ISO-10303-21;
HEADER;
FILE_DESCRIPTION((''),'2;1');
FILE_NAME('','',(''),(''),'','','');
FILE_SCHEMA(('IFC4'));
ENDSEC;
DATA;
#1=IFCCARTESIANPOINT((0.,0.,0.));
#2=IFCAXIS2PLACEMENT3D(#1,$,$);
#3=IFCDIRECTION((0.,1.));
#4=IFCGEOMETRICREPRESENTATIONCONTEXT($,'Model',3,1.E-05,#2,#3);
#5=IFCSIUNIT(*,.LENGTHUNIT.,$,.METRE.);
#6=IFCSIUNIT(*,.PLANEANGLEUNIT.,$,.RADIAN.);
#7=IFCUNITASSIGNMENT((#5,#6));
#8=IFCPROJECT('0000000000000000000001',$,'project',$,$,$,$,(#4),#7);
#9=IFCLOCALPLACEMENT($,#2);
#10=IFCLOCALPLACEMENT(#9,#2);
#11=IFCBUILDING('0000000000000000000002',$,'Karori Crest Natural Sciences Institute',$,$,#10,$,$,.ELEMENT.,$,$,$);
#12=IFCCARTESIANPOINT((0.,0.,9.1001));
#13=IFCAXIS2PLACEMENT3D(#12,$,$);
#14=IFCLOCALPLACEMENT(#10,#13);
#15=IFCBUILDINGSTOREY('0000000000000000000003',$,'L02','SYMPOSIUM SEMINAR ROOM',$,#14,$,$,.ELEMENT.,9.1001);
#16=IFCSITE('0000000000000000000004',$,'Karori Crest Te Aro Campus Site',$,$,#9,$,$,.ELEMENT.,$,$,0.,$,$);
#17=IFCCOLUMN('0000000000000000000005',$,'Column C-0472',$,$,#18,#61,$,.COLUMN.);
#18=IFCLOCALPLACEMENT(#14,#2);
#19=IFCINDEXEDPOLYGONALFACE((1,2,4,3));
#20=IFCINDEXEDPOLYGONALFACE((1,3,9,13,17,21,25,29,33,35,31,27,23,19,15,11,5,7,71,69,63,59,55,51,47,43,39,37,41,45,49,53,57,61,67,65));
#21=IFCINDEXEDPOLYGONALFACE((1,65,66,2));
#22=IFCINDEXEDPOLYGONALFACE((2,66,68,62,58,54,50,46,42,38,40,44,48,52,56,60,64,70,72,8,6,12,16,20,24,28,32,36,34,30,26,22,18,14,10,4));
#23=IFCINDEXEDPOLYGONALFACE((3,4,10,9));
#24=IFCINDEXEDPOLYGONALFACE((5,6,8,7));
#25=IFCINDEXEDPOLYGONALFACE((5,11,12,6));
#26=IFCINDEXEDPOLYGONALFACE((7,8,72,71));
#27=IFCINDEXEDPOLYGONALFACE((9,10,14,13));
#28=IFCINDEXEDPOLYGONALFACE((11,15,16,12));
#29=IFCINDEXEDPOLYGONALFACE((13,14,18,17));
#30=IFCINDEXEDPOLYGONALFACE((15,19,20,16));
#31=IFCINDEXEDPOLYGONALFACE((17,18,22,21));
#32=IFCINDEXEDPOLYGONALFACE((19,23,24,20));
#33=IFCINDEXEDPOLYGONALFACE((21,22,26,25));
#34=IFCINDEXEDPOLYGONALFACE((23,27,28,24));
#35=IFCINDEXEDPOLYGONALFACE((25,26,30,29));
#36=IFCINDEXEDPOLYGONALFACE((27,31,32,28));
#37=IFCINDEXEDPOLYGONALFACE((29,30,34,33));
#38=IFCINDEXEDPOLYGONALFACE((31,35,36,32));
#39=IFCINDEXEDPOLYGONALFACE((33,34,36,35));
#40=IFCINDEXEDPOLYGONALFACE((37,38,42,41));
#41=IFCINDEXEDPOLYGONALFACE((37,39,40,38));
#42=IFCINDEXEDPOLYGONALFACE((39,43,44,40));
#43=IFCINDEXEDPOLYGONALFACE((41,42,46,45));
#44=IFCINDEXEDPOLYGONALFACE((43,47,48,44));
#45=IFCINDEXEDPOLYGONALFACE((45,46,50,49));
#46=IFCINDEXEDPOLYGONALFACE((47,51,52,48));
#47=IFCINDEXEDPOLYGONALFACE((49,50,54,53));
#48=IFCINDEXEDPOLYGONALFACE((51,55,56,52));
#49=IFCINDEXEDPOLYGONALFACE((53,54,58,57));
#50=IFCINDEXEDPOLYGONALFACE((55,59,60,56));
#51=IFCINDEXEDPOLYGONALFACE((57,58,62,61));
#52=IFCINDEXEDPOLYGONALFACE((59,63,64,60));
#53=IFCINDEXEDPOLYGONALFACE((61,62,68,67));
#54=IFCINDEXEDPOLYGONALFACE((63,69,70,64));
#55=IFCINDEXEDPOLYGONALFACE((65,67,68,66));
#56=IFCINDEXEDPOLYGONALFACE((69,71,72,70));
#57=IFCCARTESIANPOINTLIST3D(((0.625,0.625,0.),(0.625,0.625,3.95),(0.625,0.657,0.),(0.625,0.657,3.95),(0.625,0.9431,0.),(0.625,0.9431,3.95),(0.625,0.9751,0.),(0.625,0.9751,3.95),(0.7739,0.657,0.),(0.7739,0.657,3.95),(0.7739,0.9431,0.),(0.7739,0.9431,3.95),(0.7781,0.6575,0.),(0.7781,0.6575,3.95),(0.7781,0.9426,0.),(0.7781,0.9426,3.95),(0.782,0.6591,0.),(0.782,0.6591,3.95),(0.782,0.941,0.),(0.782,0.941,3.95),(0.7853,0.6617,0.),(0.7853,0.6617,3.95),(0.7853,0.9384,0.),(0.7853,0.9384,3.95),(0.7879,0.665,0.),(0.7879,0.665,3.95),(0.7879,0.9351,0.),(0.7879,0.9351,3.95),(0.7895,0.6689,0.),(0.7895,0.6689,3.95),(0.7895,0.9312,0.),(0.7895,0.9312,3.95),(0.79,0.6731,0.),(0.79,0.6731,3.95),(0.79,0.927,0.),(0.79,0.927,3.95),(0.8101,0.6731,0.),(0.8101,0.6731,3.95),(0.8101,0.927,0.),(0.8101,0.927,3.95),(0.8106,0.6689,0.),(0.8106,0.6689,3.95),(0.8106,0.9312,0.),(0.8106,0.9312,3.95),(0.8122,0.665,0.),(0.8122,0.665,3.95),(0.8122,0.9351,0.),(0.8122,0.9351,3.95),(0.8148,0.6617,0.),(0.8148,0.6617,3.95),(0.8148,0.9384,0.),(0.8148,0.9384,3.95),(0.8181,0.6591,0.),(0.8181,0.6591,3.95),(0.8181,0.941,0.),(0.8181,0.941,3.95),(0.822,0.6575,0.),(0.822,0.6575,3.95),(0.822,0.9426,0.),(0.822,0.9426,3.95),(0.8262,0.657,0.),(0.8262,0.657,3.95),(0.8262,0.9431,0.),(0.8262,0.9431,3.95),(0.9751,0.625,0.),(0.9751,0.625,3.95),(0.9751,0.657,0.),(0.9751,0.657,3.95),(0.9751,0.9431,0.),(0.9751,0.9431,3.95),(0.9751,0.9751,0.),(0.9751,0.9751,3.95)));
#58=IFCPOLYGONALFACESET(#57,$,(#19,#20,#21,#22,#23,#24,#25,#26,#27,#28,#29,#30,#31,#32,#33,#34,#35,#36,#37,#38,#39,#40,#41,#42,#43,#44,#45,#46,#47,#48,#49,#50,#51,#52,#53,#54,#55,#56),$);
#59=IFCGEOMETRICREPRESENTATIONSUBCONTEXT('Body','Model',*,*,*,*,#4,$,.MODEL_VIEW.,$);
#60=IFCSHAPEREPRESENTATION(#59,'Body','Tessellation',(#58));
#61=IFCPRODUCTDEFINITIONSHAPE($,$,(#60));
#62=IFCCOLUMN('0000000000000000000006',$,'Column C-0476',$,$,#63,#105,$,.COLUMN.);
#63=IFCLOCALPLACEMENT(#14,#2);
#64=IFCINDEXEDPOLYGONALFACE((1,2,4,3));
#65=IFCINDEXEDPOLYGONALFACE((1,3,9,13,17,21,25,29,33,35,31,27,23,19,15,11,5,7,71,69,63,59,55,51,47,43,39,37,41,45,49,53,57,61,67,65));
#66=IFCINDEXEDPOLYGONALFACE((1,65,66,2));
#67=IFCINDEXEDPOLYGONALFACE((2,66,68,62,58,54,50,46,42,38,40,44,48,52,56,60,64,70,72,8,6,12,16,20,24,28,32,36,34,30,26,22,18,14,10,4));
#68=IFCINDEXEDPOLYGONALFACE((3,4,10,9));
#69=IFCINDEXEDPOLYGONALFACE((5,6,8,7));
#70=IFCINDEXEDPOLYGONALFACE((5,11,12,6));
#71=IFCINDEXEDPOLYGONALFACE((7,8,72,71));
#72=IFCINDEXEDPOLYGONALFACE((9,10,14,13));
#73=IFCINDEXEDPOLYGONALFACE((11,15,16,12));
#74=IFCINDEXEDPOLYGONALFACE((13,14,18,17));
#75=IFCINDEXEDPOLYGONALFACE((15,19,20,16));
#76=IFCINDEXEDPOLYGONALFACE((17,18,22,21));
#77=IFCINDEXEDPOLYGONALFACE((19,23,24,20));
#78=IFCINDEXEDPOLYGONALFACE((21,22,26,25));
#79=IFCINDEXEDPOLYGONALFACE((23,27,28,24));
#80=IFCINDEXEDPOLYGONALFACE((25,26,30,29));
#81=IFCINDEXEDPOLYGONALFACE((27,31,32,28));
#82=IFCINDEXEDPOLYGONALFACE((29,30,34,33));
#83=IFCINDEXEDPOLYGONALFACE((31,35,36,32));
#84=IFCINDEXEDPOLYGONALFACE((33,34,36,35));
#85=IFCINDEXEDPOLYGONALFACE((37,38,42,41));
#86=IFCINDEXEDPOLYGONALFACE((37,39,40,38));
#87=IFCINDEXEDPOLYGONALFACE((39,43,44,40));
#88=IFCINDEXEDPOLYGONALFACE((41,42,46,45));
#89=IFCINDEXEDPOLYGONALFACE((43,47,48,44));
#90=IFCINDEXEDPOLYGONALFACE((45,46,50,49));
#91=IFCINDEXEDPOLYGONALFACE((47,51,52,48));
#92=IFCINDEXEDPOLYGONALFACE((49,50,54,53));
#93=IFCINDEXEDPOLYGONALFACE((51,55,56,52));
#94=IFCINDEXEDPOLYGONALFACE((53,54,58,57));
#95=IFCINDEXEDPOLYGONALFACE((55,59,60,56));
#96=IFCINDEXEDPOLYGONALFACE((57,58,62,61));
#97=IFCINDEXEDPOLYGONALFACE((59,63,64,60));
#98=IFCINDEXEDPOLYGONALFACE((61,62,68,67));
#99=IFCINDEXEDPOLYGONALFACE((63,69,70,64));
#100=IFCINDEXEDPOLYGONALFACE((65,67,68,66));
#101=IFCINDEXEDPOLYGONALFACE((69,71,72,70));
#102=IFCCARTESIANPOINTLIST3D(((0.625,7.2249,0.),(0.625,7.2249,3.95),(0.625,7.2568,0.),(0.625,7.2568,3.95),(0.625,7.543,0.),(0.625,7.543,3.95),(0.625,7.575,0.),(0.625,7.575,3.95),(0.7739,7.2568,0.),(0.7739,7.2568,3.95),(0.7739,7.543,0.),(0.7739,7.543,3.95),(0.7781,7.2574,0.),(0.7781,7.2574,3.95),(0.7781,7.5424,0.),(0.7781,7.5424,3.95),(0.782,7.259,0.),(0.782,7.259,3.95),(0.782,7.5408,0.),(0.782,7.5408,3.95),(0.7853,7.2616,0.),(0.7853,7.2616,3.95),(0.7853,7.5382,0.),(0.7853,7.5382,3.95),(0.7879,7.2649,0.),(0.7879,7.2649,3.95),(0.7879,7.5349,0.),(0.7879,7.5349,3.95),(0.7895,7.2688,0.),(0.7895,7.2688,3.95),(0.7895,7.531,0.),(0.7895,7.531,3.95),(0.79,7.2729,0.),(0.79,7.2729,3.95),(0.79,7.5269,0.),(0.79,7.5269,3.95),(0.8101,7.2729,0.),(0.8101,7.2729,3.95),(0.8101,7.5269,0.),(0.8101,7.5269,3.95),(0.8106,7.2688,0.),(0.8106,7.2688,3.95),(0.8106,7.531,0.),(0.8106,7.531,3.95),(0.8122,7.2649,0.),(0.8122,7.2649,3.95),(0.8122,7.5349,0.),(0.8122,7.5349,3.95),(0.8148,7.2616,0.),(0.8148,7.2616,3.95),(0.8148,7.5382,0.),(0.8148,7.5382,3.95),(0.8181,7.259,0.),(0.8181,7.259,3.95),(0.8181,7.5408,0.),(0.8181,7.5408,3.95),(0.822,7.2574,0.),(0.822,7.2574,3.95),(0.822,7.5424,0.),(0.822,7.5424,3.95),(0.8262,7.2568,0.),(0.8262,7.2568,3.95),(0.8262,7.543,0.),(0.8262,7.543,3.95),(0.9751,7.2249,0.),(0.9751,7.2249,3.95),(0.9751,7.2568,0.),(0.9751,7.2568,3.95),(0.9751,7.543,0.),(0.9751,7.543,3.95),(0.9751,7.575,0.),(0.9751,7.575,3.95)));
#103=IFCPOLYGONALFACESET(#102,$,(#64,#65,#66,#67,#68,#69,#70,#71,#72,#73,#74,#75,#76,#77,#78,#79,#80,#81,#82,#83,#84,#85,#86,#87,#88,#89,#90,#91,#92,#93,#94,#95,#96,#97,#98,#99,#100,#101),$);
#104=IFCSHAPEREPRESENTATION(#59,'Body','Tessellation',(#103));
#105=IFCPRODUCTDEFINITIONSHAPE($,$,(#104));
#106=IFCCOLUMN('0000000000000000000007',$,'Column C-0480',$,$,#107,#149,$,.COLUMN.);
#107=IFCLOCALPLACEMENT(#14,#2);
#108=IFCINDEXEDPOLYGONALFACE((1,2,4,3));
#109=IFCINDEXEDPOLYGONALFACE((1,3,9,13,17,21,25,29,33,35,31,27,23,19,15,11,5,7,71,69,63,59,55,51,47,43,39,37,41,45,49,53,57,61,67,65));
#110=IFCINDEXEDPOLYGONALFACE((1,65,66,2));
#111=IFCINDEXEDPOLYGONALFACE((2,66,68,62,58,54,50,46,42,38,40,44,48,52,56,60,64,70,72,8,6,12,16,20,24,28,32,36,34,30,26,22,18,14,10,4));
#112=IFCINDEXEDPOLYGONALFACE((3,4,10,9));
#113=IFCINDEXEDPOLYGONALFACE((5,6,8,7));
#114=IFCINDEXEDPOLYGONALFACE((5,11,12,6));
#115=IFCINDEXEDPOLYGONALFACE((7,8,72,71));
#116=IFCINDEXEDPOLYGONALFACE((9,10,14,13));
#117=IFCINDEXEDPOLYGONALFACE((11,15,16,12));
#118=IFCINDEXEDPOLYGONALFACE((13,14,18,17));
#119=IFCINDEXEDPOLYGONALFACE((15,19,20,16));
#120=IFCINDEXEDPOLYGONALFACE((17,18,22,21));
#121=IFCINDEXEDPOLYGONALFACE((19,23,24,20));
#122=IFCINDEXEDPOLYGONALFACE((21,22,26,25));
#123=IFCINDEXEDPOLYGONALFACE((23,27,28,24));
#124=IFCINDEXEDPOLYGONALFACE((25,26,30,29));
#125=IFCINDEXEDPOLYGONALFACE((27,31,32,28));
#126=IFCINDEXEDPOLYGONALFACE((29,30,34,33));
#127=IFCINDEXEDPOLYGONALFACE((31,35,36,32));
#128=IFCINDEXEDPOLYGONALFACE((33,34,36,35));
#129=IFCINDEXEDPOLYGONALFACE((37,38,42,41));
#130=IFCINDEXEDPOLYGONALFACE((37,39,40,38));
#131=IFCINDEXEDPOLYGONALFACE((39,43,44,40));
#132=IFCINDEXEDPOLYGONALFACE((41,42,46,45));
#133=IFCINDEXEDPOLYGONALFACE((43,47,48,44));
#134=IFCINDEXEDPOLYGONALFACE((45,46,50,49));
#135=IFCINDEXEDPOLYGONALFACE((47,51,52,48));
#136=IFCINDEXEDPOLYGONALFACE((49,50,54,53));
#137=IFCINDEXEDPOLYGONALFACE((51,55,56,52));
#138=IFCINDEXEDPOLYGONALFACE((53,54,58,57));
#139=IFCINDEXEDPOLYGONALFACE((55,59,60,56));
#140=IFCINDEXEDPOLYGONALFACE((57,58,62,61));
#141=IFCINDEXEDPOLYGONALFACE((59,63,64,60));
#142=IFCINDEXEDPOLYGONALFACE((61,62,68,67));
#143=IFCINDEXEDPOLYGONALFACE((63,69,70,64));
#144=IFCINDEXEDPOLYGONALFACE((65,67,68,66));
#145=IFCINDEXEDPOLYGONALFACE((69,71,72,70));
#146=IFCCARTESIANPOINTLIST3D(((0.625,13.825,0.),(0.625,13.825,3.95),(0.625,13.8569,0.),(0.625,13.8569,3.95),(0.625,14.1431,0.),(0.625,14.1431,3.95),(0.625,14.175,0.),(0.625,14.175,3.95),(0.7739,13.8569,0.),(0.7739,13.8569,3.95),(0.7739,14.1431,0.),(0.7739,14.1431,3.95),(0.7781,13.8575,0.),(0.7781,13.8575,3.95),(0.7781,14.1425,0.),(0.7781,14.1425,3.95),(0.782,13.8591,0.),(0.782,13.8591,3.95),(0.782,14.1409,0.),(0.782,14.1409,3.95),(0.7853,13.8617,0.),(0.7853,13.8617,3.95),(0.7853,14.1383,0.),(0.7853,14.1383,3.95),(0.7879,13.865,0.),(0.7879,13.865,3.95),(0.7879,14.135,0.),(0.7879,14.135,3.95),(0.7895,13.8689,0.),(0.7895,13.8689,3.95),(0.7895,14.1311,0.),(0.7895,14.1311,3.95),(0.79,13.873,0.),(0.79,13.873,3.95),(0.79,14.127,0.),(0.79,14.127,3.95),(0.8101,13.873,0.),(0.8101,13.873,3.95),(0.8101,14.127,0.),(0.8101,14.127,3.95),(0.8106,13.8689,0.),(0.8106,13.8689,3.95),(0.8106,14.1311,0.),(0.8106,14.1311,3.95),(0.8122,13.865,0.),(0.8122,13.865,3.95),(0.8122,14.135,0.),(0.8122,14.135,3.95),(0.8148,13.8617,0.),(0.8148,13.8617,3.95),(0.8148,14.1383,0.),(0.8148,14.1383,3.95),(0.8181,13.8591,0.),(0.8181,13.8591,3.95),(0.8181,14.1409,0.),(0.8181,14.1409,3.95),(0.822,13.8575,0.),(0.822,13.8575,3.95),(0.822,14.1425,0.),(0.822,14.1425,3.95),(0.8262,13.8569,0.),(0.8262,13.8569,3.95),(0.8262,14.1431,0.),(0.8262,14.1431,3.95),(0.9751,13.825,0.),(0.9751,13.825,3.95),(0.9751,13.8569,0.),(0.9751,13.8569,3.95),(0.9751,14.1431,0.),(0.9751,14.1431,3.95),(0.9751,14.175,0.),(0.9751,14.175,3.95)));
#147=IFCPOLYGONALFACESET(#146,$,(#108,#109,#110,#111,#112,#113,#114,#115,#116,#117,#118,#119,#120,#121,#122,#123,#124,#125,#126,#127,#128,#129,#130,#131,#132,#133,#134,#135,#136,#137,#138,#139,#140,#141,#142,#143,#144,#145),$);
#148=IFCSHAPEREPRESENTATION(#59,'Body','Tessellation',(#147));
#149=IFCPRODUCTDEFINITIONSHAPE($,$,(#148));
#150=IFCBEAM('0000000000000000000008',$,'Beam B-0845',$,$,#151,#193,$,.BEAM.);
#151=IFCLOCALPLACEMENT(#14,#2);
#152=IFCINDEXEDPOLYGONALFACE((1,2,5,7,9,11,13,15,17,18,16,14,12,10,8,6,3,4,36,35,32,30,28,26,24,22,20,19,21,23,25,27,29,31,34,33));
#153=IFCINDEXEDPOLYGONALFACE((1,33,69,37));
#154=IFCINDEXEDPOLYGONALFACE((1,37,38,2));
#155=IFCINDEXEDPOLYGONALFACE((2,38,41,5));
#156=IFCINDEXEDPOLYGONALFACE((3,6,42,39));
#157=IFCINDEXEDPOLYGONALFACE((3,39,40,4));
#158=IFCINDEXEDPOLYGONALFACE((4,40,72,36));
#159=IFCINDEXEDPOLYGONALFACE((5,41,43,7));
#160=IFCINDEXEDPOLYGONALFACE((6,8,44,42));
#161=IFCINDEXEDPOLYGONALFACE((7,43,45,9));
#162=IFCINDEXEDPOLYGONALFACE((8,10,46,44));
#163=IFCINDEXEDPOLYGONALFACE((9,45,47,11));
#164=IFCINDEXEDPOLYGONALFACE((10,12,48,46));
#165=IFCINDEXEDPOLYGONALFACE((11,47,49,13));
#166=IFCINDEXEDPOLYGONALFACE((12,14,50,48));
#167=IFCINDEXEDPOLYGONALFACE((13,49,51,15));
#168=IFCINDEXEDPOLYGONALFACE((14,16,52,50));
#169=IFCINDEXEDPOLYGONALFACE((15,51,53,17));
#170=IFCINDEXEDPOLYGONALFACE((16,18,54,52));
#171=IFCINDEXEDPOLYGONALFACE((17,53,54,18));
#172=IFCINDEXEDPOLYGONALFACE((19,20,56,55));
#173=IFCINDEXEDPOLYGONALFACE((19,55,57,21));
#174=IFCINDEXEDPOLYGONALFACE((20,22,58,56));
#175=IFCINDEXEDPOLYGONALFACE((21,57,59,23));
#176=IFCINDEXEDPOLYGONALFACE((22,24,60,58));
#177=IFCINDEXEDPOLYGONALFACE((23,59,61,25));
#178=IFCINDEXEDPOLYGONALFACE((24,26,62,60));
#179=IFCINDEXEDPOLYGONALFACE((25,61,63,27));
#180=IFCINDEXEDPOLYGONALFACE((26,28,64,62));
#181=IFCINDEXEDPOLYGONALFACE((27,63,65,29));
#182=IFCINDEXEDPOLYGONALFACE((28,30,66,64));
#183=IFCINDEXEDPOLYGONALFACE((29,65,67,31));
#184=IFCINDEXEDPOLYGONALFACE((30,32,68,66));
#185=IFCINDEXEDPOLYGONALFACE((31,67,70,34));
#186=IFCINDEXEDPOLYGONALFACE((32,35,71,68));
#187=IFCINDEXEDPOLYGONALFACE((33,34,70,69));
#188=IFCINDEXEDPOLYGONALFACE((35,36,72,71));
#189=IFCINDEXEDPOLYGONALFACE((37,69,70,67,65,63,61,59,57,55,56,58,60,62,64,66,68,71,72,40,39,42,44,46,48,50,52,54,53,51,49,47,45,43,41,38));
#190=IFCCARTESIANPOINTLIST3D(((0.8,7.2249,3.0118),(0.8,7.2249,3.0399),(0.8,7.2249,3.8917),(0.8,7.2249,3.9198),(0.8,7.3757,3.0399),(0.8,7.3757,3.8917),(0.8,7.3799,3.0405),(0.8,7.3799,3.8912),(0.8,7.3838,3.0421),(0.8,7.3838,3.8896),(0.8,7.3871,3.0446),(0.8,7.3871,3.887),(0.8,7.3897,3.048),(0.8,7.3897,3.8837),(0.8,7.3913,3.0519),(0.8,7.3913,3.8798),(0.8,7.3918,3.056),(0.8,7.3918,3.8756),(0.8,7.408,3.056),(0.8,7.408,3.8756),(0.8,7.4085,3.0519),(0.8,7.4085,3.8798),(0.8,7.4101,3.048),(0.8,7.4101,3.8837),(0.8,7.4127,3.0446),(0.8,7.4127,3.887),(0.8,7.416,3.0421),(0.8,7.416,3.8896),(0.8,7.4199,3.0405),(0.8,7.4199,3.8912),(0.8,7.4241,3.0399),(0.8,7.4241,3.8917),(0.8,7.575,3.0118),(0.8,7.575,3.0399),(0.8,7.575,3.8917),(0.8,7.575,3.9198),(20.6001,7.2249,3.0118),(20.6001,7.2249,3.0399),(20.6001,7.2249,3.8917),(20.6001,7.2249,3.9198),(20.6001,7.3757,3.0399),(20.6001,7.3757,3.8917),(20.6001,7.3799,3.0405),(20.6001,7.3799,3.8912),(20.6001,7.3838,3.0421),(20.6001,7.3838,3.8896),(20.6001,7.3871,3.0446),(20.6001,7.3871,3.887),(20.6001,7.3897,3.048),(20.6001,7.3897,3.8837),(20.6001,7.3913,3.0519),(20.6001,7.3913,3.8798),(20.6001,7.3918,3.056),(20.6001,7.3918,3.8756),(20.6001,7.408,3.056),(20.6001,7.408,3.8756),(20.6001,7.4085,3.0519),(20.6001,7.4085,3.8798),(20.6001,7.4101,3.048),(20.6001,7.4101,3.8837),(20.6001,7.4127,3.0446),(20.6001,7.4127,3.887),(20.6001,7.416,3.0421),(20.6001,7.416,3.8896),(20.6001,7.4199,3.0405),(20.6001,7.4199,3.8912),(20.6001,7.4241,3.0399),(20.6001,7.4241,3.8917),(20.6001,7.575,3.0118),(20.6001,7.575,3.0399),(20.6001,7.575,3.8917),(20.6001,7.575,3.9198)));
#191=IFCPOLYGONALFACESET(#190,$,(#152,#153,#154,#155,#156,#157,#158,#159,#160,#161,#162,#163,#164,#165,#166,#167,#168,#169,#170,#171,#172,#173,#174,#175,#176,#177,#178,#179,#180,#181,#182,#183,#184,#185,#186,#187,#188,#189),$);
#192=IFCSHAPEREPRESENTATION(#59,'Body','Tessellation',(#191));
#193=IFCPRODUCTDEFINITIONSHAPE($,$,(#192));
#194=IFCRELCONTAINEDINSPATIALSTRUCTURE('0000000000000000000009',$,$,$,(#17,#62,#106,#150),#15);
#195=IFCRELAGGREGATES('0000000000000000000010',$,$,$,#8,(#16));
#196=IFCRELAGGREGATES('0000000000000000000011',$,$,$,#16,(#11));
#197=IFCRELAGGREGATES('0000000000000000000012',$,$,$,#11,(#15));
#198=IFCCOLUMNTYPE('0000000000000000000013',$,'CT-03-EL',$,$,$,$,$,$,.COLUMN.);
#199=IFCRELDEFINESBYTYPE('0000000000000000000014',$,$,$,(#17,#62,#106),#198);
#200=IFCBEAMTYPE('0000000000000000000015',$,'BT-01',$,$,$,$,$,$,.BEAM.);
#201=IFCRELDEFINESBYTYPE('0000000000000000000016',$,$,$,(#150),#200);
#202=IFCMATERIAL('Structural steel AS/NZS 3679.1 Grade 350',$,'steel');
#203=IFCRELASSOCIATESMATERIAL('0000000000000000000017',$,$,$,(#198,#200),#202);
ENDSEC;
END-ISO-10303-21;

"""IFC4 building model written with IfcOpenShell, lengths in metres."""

from ifc_helpers import new_model, si_unit, direction, frame, origin, origin_2d, place, context, subcontext, project, spatial, i_section, extrude, material, material_profile, profile_set, type_object, element, save


model = new_model("IFC4")

# Units and contexts
model_context = context("Model", 3, precision=1e-05, world=origin(), true_north=direction((0.0, 1.0)))
body_context = subcontext(model_context, "Body", "Model", "MODEL_VIEW")
ifc_project = project(units=[si_unit("LENGTHUNIT", "METRE"), si_unit("PLANEANGLEUNIT", "RADIAN")], contexts=[model_context])

# Site, building, storey
site_placement = place(None, origin())
site = spatial("IfcSite", under=ifc_project, at=site_placement, Name="Karori Crest Te Aro Campus Site", CompositionType="ELEMENT", RefElevation=0.0)
building_placement = place(site_placement, origin())
building = spatial("IfcBuilding", under=site, at=building_placement, Name="Karori Crest Natural Sciences Institute", CompositionType="ELEMENT")
storey_placement = place(building_placement, frame((0.0, 0.0, 9.1001)))
storey = spatial("IfcBuildingStorey", under=building, at=storey_placement, Name="L02", Description="SYMPOSIUM SEMINAR ROOM", CompositionType="ELEMENT", Elevation=9.1001)

# Columns
ifc_material_1 = material(Name="Structural steel AS/NZS 3679.1 Grade 350", Category="steel")
ifc_material_profile_1 = material_profile(ifc_material_1, i_section(OverallWidth=0.3501, OverallDepth=0.3501, WebThickness=0.02, FlangeThickness=0.032, FilletRadius=0.0161, at=origin_2d()), Name="350WC280")
ifc_profile_set_1 = profile_set([ifc_material_profile_1], Name="Structural steel AS/NZS 3679.1 Grade 350")
column_type = type_object("IfcColumnType", Name="CT-03-EL", PredefinedType="COLUMN", material=ifc_profile_set_1)
for number, where, z_axis, x_axis, name in (
    (1, (0.8, 0.8, 0.0), (0.0, 0.0, 1.0), (1.0, 0.0, 0.0), "Column C-0472"),
    (2, (0.8, 7.3999, 0.0), (0.0, 0.0, 1.0), (1.0, 0.0, 0.0), "Column C-0476"),
    (3, (0.8, 14.0, 0.0), (0.0, 0.0, 1.0), (1.0, 0.0, 0.0), "Column C-0480"),
):
    element("IfcColumn", number, at=place(storey_placement, frame(where, z_axis=z_axis, x_axis=x_axis)), inside=storey, type_object=column_type, Name=name, PredefinedType="COLUMN", context=body_context, shape_type="SweptSolid", body=[
        extrude(i_section(OverallWidth=0.3501, OverallDepth=0.3501, WebThickness=0.02, FlangeThickness=0.032, FilletRadius=0.0161, at=origin_2d()), origin(), (0.0, 0.0, 1.0), 3.95),
    ])

# Beam
ifc_material_profile_2 = material_profile(ifc_material_1, i_section(OverallWidth=0.3501, OverallDepth=0.908, WebThickness=0.0161, FlangeThickness=0.0281, FilletRadius=0.0161, at=origin_2d()), Name="900WB257")
ifc_profile_set_2 = profile_set([ifc_material_profile_2], Name="Structural steel AS/NZS 3679.1 Grade 350")
beam_type_1 = type_object("IfcBeamType", Name="BT-01", PredefinedType="BEAM", material=ifc_profile_set_2)
for number, where, z_axis, x_axis, name in (
    (4, (0.8, 7.3999, 3.4658), (1.0, 0.0, 0.0), (0.0, 1.0, 0.0), "Beam B-0845"),
):
    element("IfcBeam", number, at=place(storey_placement, frame(where, z_axis=z_axis, x_axis=x_axis)), inside=storey, type_object=beam_type_1, Name=name, PredefinedType="BEAM", context=body_context, shape_type="SweptSolid", body=[
        extrude(i_section(OverallWidth=0.3501, OverallDepth=0.908, WebThickness=0.0161, FlangeThickness=0.0281, FilletRadius=0.0161, at=origin_2d()), origin(), (0.0, 0.0, 1.0), 19.8),
    ])

save(model, "model.ifc")
